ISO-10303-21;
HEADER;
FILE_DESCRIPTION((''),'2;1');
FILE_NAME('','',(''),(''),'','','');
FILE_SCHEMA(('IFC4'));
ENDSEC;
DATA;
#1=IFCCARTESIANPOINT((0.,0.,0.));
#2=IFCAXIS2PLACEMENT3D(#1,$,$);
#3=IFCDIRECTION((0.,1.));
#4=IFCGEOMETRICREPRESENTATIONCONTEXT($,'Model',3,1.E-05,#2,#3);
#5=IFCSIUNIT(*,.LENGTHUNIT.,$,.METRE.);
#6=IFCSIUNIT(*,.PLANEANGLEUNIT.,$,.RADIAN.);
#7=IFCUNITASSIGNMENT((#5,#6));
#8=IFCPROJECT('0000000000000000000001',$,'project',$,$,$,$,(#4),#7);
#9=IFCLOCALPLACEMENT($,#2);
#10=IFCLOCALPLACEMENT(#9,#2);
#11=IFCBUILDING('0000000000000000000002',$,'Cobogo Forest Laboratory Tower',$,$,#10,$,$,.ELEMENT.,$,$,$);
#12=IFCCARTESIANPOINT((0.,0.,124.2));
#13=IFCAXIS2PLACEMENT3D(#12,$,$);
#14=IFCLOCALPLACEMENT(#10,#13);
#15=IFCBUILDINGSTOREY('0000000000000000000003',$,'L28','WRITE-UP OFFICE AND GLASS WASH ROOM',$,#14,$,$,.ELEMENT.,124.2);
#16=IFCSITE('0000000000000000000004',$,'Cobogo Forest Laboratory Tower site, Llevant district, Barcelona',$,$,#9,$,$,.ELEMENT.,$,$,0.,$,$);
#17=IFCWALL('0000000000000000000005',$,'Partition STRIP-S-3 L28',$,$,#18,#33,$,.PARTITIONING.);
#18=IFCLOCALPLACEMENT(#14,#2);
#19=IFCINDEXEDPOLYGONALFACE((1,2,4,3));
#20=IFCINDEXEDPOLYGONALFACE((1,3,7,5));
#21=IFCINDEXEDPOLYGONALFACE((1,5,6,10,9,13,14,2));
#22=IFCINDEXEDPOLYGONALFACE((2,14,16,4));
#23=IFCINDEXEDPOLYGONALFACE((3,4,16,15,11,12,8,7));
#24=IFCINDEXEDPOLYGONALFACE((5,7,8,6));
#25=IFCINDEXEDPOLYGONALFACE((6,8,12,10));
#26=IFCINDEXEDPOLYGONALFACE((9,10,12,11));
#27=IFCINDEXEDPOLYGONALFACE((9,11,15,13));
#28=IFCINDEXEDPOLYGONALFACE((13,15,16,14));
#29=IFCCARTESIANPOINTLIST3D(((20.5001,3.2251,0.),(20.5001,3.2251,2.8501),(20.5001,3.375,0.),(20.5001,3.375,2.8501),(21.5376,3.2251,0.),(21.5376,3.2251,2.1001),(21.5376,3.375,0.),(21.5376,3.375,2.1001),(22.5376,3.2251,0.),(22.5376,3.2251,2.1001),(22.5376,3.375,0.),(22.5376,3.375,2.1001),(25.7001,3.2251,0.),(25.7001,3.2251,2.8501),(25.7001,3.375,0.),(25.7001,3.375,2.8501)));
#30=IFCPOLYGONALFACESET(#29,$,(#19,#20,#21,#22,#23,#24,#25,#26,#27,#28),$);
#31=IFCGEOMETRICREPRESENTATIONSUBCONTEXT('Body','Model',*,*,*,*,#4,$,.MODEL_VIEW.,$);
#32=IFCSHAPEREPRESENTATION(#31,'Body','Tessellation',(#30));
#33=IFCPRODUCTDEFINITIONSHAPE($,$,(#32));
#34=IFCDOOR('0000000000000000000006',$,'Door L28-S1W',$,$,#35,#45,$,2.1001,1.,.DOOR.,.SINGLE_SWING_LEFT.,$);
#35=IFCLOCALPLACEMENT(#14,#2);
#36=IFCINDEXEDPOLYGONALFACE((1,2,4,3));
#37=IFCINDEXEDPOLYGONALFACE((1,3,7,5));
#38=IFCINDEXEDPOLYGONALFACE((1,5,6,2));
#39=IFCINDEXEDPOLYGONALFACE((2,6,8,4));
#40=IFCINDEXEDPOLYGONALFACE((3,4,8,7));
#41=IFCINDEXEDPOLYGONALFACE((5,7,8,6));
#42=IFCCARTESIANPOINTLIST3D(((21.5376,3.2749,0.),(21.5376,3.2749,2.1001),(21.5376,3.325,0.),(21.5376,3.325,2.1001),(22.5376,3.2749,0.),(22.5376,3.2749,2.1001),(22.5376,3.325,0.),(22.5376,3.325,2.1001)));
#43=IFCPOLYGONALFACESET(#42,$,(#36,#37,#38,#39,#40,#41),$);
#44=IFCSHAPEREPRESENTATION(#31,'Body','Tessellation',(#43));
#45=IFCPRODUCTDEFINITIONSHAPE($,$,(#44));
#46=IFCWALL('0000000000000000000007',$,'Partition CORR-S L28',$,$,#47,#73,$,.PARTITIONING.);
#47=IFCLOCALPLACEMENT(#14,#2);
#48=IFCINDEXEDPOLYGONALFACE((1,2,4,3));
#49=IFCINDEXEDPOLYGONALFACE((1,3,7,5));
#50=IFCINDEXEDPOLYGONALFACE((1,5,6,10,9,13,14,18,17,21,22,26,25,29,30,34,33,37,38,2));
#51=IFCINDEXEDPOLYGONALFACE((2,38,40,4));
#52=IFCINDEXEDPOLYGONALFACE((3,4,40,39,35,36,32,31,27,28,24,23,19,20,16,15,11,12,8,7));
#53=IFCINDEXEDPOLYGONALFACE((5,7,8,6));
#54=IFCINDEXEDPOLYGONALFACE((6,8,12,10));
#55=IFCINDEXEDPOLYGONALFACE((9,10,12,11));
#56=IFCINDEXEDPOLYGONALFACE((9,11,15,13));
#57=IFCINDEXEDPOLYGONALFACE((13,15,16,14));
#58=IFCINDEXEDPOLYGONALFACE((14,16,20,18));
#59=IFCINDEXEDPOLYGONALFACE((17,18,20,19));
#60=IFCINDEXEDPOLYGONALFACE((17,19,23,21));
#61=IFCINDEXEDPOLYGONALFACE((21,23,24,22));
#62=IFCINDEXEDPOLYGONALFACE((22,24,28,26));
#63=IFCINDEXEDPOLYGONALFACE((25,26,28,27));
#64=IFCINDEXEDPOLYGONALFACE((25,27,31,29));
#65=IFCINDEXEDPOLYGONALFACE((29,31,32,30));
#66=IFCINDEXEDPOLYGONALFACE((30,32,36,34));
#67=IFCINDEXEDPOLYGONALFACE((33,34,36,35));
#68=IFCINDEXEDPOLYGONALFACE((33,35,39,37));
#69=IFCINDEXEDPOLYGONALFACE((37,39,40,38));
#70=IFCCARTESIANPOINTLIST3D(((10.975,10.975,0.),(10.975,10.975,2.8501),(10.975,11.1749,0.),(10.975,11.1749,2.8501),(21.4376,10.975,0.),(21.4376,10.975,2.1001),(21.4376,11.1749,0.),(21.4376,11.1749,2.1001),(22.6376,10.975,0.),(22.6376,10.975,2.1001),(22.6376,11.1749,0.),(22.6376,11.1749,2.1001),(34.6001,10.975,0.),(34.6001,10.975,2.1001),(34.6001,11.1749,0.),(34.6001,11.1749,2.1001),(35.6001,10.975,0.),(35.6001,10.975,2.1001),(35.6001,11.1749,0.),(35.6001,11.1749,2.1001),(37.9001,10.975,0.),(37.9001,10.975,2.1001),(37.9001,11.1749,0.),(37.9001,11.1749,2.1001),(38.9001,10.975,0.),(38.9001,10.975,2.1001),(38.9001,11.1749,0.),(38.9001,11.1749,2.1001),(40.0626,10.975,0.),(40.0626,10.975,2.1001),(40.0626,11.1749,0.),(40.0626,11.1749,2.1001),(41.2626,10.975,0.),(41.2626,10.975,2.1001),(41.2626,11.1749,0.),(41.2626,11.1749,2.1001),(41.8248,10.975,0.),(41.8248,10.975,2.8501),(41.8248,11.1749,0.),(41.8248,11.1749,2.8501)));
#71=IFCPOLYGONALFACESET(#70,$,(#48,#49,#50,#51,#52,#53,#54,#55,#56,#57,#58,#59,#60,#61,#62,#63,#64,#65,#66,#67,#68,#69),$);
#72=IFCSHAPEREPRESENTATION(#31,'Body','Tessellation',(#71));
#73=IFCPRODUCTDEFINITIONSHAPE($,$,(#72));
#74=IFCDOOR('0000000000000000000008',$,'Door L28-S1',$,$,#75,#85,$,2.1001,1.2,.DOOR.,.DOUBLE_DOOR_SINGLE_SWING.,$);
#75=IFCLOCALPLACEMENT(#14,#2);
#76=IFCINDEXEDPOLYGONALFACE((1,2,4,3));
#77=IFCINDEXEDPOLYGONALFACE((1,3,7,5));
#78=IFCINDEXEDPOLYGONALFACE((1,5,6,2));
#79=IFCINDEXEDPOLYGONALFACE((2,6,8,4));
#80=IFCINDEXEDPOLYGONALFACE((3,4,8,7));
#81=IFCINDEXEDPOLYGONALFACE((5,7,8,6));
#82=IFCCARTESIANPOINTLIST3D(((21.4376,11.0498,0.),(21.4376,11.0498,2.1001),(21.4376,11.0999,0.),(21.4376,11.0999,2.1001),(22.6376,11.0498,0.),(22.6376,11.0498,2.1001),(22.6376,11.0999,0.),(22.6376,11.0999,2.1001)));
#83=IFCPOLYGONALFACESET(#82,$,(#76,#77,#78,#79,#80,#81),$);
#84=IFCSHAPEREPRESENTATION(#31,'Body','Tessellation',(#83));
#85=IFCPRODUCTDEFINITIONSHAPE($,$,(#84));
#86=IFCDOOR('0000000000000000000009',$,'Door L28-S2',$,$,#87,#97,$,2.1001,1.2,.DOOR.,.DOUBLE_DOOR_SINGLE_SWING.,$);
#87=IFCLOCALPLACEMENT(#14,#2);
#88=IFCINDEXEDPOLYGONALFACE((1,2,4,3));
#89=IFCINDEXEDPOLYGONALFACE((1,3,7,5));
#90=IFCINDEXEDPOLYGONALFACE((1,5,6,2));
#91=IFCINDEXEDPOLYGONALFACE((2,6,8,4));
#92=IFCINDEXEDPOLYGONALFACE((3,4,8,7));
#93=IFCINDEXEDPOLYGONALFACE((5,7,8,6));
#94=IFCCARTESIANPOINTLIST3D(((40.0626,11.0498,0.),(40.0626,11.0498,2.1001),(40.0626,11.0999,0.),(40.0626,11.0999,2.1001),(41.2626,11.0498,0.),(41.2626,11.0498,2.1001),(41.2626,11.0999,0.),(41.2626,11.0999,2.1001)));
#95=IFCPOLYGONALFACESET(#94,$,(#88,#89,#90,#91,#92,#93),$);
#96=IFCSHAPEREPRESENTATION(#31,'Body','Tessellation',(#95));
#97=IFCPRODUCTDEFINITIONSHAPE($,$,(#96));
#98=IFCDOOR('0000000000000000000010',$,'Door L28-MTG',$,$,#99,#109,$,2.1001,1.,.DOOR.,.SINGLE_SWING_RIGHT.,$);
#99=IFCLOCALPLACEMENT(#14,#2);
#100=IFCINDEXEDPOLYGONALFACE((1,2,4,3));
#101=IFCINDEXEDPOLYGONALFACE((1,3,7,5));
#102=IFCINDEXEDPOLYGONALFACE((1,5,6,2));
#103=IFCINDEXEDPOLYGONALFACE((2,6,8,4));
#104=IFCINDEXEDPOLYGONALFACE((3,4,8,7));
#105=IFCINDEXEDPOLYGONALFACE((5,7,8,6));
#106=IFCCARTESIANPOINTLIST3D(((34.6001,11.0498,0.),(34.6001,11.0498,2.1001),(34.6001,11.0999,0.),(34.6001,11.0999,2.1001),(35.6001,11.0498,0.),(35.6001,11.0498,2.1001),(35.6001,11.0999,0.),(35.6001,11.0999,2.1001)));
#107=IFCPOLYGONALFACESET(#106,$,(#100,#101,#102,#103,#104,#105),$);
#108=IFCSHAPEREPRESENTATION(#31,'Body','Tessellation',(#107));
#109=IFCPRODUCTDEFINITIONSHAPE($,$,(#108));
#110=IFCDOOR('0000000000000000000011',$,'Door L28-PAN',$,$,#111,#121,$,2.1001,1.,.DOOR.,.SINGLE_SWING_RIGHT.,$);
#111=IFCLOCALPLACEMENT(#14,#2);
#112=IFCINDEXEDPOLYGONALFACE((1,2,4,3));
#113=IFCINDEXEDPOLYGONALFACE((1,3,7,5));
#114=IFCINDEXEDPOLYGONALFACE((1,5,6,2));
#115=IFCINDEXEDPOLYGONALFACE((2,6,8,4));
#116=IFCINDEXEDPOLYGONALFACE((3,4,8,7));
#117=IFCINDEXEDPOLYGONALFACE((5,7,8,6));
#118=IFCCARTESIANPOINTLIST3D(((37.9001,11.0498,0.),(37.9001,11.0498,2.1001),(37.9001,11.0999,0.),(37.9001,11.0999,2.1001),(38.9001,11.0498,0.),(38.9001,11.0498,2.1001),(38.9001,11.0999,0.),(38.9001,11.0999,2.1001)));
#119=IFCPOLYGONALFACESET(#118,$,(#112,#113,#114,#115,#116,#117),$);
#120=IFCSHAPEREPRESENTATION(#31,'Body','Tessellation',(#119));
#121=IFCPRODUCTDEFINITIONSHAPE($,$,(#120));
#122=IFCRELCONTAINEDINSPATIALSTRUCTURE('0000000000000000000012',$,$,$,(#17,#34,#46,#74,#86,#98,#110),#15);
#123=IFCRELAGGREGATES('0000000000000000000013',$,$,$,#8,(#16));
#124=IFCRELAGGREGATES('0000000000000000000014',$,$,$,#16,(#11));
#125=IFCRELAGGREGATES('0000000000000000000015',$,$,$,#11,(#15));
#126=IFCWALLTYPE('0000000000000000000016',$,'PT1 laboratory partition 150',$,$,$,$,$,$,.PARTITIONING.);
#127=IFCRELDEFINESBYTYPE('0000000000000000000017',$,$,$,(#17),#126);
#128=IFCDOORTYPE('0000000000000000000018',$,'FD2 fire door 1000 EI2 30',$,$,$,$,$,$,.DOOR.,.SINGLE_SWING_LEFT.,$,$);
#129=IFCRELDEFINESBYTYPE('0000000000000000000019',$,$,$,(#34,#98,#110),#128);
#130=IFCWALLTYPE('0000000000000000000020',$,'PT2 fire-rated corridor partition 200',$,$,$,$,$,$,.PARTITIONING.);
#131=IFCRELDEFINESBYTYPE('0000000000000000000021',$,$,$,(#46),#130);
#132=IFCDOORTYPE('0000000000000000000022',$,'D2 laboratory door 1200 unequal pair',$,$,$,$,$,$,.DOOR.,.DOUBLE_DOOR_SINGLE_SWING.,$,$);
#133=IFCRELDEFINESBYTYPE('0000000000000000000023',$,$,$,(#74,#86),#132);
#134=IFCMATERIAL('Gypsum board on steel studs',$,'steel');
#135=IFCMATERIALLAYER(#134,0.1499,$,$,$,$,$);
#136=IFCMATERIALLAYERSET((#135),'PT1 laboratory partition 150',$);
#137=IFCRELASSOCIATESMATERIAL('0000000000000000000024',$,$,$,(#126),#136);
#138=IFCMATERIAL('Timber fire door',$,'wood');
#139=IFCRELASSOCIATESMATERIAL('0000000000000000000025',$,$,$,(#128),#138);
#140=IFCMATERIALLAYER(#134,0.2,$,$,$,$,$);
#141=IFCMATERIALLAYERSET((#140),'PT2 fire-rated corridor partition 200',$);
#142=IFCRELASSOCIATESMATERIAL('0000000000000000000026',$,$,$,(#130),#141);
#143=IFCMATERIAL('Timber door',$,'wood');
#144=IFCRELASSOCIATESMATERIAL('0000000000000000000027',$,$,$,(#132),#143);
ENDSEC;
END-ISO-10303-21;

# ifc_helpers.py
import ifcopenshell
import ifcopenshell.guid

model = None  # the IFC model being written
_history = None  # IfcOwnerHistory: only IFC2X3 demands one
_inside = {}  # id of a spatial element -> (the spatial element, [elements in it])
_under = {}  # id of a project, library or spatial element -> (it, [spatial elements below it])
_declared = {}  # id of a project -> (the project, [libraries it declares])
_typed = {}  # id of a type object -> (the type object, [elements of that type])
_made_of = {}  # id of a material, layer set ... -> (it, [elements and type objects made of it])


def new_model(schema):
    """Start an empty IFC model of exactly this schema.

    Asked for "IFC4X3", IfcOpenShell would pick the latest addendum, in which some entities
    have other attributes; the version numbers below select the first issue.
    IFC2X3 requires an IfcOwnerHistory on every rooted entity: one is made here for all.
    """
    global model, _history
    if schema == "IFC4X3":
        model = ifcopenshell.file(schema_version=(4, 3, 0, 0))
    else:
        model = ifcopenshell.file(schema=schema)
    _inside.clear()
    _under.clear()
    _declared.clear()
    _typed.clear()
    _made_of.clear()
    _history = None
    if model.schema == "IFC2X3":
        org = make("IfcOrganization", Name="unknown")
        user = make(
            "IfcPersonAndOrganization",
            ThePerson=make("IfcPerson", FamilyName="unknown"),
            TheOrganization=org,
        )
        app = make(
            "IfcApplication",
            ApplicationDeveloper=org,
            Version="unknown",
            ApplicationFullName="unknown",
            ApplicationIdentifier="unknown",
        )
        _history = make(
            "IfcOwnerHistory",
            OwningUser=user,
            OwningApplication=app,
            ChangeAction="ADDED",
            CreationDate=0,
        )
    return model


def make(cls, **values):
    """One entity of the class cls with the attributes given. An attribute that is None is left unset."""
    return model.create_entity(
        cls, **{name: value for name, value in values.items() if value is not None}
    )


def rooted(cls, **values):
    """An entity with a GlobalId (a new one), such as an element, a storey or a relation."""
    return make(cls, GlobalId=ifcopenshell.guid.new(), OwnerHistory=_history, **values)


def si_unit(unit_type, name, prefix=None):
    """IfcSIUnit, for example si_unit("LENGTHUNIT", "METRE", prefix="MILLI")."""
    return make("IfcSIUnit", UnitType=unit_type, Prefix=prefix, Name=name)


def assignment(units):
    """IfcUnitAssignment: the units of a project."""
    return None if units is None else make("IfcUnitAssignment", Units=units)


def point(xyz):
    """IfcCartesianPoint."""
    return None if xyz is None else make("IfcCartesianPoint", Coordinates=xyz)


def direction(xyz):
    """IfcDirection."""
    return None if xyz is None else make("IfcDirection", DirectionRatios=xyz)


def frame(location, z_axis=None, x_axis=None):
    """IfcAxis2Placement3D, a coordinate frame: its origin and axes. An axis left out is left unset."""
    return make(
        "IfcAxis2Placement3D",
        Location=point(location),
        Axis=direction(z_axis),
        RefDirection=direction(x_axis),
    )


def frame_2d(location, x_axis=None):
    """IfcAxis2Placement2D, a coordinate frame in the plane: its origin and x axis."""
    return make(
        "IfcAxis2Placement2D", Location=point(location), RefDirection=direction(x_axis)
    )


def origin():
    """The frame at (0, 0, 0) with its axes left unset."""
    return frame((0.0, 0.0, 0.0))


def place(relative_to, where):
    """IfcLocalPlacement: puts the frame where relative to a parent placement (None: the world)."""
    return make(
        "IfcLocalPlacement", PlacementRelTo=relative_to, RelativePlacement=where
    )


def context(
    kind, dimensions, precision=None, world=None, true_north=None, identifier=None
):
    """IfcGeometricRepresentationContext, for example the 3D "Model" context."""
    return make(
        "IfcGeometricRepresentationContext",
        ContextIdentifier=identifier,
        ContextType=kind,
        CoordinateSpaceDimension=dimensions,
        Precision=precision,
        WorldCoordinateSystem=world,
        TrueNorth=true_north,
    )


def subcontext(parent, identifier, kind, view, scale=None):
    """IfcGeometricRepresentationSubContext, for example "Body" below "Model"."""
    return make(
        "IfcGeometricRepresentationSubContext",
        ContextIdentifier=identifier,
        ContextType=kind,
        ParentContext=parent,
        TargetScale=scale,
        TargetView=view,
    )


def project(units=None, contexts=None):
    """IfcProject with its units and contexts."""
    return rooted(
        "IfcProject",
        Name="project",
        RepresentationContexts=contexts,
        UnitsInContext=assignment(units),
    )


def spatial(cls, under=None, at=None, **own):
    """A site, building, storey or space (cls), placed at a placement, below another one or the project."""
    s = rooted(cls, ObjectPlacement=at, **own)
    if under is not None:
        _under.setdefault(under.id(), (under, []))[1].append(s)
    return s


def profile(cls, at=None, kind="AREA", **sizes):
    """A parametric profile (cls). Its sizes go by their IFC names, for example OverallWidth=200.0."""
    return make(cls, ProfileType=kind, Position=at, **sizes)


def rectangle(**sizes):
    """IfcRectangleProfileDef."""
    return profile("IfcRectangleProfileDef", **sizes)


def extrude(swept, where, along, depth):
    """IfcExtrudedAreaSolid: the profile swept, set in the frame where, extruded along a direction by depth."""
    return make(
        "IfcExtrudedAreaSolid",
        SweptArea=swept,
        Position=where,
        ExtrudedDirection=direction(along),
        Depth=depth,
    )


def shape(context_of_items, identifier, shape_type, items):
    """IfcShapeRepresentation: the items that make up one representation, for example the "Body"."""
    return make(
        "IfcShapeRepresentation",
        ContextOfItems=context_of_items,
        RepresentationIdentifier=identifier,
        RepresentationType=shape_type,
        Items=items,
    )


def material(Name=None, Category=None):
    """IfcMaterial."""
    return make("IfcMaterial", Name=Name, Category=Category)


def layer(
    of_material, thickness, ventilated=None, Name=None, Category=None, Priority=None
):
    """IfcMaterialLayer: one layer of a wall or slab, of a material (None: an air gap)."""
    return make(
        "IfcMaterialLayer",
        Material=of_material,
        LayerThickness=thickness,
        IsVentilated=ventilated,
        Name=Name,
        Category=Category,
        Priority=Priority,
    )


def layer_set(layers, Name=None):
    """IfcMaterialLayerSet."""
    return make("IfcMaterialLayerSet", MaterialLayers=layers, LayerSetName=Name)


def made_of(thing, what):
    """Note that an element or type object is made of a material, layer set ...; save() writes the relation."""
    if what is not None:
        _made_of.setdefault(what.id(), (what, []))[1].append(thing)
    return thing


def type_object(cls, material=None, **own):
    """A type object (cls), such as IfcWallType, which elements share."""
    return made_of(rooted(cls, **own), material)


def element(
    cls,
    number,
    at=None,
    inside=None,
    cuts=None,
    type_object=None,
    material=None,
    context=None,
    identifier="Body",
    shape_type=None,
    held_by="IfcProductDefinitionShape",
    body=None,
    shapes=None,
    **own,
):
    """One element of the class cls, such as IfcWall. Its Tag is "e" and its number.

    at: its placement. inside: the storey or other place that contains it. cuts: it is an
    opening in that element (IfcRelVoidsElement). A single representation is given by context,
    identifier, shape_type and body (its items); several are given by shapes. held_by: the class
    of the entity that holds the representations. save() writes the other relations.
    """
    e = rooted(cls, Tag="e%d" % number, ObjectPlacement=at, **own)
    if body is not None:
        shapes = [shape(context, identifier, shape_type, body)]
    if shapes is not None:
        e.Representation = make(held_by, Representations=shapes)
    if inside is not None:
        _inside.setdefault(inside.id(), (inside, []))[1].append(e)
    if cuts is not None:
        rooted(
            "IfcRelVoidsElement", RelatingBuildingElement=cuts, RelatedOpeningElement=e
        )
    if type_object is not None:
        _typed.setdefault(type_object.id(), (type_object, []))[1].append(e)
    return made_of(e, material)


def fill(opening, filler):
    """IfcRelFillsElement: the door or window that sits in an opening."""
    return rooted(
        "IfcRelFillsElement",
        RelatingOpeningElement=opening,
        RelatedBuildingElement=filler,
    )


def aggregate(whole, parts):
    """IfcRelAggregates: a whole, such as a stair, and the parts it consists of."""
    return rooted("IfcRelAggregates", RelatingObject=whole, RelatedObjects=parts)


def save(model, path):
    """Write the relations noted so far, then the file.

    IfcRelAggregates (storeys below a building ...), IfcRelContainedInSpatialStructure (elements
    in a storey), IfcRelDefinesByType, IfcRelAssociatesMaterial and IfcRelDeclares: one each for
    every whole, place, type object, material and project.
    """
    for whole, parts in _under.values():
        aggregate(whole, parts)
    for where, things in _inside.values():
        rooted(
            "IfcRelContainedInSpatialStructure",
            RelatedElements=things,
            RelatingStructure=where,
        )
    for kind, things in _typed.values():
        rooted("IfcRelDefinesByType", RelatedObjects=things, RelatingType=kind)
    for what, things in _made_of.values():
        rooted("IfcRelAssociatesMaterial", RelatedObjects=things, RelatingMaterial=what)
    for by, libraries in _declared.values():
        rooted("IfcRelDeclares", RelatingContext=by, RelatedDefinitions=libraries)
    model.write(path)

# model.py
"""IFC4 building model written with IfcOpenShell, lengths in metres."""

from ifc_helpers import new_model, si_unit, direction, frame, frame_2d, origin, place, context, subcontext, project, spatial, rectangle, extrude, material, layer, layer_set, type_object, element, fill, save


model = new_model("IFC4")

# Units and contexts
model_context = context("Model", 3, precision=1e-05, world=origin(), true_north=direction((0.0, 1.0)))
body_context = subcontext(model_context, "Body", "Model", "MODEL_VIEW")
ifc_project = project(units=[si_unit("LENGTHUNIT", "METRE"), si_unit("PLANEANGLEUNIT", "RADIAN")], contexts=[model_context])

# Site, building, storey
site_placement = place(None, origin())
site = spatial("IfcSite", under=ifc_project, at=site_placement, Name="Cobogo Forest Laboratory Tower site, Llevant district, Barcelona", CompositionType="ELEMENT", RefElevation=0.0)
building_placement = place(site_placement, origin())
building = spatial("IfcBuilding", under=site, at=building_placement, Name="Cobogo Forest Laboratory Tower", CompositionType="ELEMENT")
storey_placement = place(building_placement, frame((0.0, 0.0, 124.2)))
storey = spatial("IfcBuildingStorey", under=building, at=storey_placement, Name="L28", Description="WRITE-UP OFFICE AND GLASS WASH ROOM", CompositionType="ELEMENT", Elevation=124.2)

# Shared definitions
ifc_material_1 = material(Name="Gypsum board on steel studs", Category="steel")
ifc_layer_1 = layer(ifc_material_1, 0.1499)
ifc_layer_set_1 = layer_set([ifc_layer_1], Name="PT1 laboratory partition 150")
wall_type_1 = type_object("IfcWallType", Name="PT1 laboratory partition 150", PredefinedType="PARTITIONING", material=ifc_layer_set_1)

# Wall, opening, door
wall_1_placement = place(storey_placement, frame((20.5, 3.3, 0.0), z_axis=(0.0, 0.0, 1.0), x_axis=(1.0, 0.0, 0.0)))
wall_1 = element("IfcWall", 1, at=wall_1_placement, inside=storey, type_object=wall_type_1, Name="Partition STRIP-S-3 L28", PredefinedType="PARTITIONING", context=body_context, shape_type="SweptSolid", body=[
    extrude(rectangle(XDim=5.2, YDim=0.1499, at=frame_2d((2.6001, 0.0))), origin(), (0.0, 0.0, 1.0), 2.8501),
])
opening_1_placement = place(wall_1_placement, frame((1.0376, 0.0, 0.0)))
opening_1 = element("IfcOpeningElement", 2, at=opening_1_placement, cuts=wall_1, PredefinedType="OPENING", context=body_context, shape_type="SweptSolid", body=[
    extrude(rectangle(XDim=1.0, YDim=2.1001, at=frame_2d((0.5, 1.05))), frame((0.0, 0.085, 0.0), z_axis=(0.0, -1.0, 0.0), x_axis=(1.0, 0.0, 0.0)), (0.0, 0.0, 1.0), 0.1699),
])
ifc_material_2 = material(Name="Timber fire door", Category="wood")
door_type_1 = type_object("IfcDoorType", Name="FD2 fire door 1000 EI2 30", OperationType="SINGLE_SWING_LEFT", PredefinedType="DOOR", material=ifc_material_2)
door_1_placement = place(opening_1_placement, origin())
door_1 = element("IfcDoor", 3, at=door_1_placement, inside=storey, type_object=door_type_1, Name="Door L28-S1W", OperationType="SINGLE_SWING_LEFT", OverallHeight=2.1001, OverallWidth=1.0, PredefinedType="DOOR", context=body_context, shape_type="SweptSolid", body=[
    extrude(rectangle(XDim=1.0, YDim=2.1001, at=frame_2d((0.5, 1.05))), frame((0.0, 0.0249, 0.0), z_axis=(0.0, -1.0, 0.0), x_axis=(1.0, 0.0, 0.0)), (0.0, 0.0, 1.0), 0.05),
])
fill(opening_1, door_1)

# Wall, openings, doors
ifc_layer_2 = layer(ifc_material_1, 0.2)
ifc_layer_set_2 = layer_set([ifc_layer_2], Name="PT2 fire-rated corridor partition 200")
wall_type_2 = type_object("IfcWallType", Name="PT2 fire-rated corridor partition 200", PredefinedType="PARTITIONING", material=ifc_layer_set_2)
wall_2_placement = place(storey_placement, frame((10.9751, 11.075, 0.0), z_axis=(0.0, 0.0, 1.0), x_axis=(1.0, 0.0, 0.0)))
wall_2 = element("IfcWall", 4, at=wall_2_placement, inside=storey, type_object=wall_type_2, Name="Partition CORR-S L28", PredefinedType="PARTITIONING", context=body_context, shape_type="SweptSolid", body=[
    extrude(rectangle(XDim=30.8499, YDim=0.2, at=frame_2d((15.4248, 0.0))), origin(), (0.0, 0.0, 1.0), 2.8501),
])
opening_2_placement = place(wall_2_placement, frame((10.4624, 0.0, 0.0)))
opening_2 = element("IfcOpeningElement", 5, at=opening_2_placement, cuts=wall_2, PredefinedType="OPENING", context=body_context, shape_type="SweptSolid", body=[
    extrude(rectangle(XDim=1.2, YDim=2.1001, at=frame_2d((0.6001, 1.05))), frame((0.0, 0.1099, 0.0), z_axis=(0.0, -1.0, 0.0), x_axis=(1.0, 0.0, 0.0)), (0.0, 0.0, 1.0), 0.22),
])
opening_3_placement = place(wall_2_placement, frame((23.625, 0.0, 0.0)))
opening_3 = element("IfcOpeningElement", 6, at=opening_3_placement, cuts=wall_2, PredefinedType="OPENING", context=body_context, shape_type="SweptSolid", body=[
    extrude(rectangle(XDim=1.0, YDim=2.1001, at=frame_2d((0.5, 1.05))), frame((0.0, 0.1099, 0.0), z_axis=(0.0, -1.0, 0.0), x_axis=(1.0, 0.0, 0.0)), (0.0, 0.0, 1.0), 0.22),
])
opening_4_placement = place(wall_2_placement, frame((26.925, 0.0, 0.0)))
opening_4 = element("IfcOpeningElement", 7, at=opening_4_placement, cuts=wall_2, PredefinedType="OPENING", context=body_context, shape_type="SweptSolid", body=[
    extrude(rectangle(XDim=1.0, YDim=2.1001, at=frame_2d((0.5, 1.05))), frame((0.0, 0.1099, 0.0), z_axis=(0.0, -1.0, 0.0), x_axis=(1.0, 0.0, 0.0)), (0.0, 0.0, 1.0), 0.22),
])
opening_5_placement = place(wall_2_placement, frame((29.0874, 0.0, 0.0)))
opening_5 = element("IfcOpeningElement", 8, at=opening_5_placement, cuts=wall_2, PredefinedType="OPENING", context=body_context, shape_type="SweptSolid", body=[
    extrude(rectangle(XDim=1.2, YDim=2.1001, at=frame_2d((0.6001, 1.05))), frame((0.0, 0.1099, 0.0), z_axis=(0.0, -1.0, 0.0), x_axis=(1.0, 0.0, 0.0)), (0.0, 0.0, 1.0), 0.22),
])
ifc_material_3 = material(Name="Timber door", Category="wood")
door_type_2 = type_object("IfcDoorType", Name="D2 laboratory door 1200 unequal pair", OperationType="DOUBLE_DOOR_SINGLE_SWING", PredefinedType="DOOR", material=ifc_material_3)
door_2_placement = place(opening_2_placement, origin())
door_2 = element("IfcDoor", 9, at=door_2_placement, inside=storey, type_object=door_type_2, Name="Door L28-S1", OperationType="DOUBLE_DOOR_SINGLE_SWING", OverallHeight=2.1001, OverallWidth=1.2, PredefinedType="DOOR", context=body_context, shape_type="SweptSolid", body=[
    extrude(rectangle(XDim=1.2, YDim=2.1001, at=frame_2d((0.6001, 1.05))), frame((0.0, 0.0249, 0.0), z_axis=(0.0, -1.0, 0.0), x_axis=(1.0, 0.0, 0.0)), (0.0, 0.0, 1.0), 0.05),
])
fill(opening_2, door_2)
door_3_placement = place(opening_5_placement, origin())
door_3 = element("IfcDoor", 10, at=door_3_placement, inside=storey, type_object=door_type_2, Name="Door L28-S2", OperationType="DOUBLE_DOOR_SINGLE_SWING", OverallHeight=2.1001, OverallWidth=1.2, PredefinedType="DOOR", context=body_context, shape_type="SweptSolid", body=[
    extrude(rectangle(XDim=1.2, YDim=2.1001, at=frame_2d((0.6001, 1.05))), frame((0.0, 0.0249, 0.0), z_axis=(0.0, -1.0, 0.0), x_axis=(1.0, 0.0, 0.0)), (0.0, 0.0, 1.0), 0.05),
])
fill(opening_5, door_3)
door_4_placement = place(opening_3_placement, origin())
door_4 = element("IfcDoor", 11, at=door_4_placement, inside=storey, type_object=door_type_1, Name="Door L28-MTG", OperationType="SINGLE_SWING_RIGHT", OverallHeight=2.1001, OverallWidth=1.0, PredefinedType="DOOR", context=body_context, shape_type="SweptSolid", body=[
    extrude(rectangle(XDim=1.0, YDim=2.1001, at=frame_2d((0.5, 1.05))), frame((0.0, 0.0249, 0.0), z_axis=(0.0, -1.0, 0.0), x_axis=(1.0, 0.0, 0.0)), (0.0, 0.0, 1.0), 0.05),
])
fill(opening_3, door_4)
door_5_placement = place(opening_4_placement, origin())
door_5 = element("IfcDoor", 12, at=door_5_placement, inside=storey, type_object=door_type_1, Name="Door L28-PAN", OperationType="SINGLE_SWING_RIGHT", OverallHeight=2.1001, OverallWidth=1.0, PredefinedType="DOOR", context=body_context, shape_type="SweptSolid", body=[
    extrude(rectangle(XDim=1.0, YDim=2.1001, at=frame_2d((0.5, 1.05))), frame((0.0, 0.0249, 0.0), z_axis=(0.0, -1.0, 0.0), x_axis=(1.0, 0.0, 0.0)), (0.0, 0.0, 1.0), 0.05),
])
fill(opening_4, door_5)

save(model, "model.ifc")
